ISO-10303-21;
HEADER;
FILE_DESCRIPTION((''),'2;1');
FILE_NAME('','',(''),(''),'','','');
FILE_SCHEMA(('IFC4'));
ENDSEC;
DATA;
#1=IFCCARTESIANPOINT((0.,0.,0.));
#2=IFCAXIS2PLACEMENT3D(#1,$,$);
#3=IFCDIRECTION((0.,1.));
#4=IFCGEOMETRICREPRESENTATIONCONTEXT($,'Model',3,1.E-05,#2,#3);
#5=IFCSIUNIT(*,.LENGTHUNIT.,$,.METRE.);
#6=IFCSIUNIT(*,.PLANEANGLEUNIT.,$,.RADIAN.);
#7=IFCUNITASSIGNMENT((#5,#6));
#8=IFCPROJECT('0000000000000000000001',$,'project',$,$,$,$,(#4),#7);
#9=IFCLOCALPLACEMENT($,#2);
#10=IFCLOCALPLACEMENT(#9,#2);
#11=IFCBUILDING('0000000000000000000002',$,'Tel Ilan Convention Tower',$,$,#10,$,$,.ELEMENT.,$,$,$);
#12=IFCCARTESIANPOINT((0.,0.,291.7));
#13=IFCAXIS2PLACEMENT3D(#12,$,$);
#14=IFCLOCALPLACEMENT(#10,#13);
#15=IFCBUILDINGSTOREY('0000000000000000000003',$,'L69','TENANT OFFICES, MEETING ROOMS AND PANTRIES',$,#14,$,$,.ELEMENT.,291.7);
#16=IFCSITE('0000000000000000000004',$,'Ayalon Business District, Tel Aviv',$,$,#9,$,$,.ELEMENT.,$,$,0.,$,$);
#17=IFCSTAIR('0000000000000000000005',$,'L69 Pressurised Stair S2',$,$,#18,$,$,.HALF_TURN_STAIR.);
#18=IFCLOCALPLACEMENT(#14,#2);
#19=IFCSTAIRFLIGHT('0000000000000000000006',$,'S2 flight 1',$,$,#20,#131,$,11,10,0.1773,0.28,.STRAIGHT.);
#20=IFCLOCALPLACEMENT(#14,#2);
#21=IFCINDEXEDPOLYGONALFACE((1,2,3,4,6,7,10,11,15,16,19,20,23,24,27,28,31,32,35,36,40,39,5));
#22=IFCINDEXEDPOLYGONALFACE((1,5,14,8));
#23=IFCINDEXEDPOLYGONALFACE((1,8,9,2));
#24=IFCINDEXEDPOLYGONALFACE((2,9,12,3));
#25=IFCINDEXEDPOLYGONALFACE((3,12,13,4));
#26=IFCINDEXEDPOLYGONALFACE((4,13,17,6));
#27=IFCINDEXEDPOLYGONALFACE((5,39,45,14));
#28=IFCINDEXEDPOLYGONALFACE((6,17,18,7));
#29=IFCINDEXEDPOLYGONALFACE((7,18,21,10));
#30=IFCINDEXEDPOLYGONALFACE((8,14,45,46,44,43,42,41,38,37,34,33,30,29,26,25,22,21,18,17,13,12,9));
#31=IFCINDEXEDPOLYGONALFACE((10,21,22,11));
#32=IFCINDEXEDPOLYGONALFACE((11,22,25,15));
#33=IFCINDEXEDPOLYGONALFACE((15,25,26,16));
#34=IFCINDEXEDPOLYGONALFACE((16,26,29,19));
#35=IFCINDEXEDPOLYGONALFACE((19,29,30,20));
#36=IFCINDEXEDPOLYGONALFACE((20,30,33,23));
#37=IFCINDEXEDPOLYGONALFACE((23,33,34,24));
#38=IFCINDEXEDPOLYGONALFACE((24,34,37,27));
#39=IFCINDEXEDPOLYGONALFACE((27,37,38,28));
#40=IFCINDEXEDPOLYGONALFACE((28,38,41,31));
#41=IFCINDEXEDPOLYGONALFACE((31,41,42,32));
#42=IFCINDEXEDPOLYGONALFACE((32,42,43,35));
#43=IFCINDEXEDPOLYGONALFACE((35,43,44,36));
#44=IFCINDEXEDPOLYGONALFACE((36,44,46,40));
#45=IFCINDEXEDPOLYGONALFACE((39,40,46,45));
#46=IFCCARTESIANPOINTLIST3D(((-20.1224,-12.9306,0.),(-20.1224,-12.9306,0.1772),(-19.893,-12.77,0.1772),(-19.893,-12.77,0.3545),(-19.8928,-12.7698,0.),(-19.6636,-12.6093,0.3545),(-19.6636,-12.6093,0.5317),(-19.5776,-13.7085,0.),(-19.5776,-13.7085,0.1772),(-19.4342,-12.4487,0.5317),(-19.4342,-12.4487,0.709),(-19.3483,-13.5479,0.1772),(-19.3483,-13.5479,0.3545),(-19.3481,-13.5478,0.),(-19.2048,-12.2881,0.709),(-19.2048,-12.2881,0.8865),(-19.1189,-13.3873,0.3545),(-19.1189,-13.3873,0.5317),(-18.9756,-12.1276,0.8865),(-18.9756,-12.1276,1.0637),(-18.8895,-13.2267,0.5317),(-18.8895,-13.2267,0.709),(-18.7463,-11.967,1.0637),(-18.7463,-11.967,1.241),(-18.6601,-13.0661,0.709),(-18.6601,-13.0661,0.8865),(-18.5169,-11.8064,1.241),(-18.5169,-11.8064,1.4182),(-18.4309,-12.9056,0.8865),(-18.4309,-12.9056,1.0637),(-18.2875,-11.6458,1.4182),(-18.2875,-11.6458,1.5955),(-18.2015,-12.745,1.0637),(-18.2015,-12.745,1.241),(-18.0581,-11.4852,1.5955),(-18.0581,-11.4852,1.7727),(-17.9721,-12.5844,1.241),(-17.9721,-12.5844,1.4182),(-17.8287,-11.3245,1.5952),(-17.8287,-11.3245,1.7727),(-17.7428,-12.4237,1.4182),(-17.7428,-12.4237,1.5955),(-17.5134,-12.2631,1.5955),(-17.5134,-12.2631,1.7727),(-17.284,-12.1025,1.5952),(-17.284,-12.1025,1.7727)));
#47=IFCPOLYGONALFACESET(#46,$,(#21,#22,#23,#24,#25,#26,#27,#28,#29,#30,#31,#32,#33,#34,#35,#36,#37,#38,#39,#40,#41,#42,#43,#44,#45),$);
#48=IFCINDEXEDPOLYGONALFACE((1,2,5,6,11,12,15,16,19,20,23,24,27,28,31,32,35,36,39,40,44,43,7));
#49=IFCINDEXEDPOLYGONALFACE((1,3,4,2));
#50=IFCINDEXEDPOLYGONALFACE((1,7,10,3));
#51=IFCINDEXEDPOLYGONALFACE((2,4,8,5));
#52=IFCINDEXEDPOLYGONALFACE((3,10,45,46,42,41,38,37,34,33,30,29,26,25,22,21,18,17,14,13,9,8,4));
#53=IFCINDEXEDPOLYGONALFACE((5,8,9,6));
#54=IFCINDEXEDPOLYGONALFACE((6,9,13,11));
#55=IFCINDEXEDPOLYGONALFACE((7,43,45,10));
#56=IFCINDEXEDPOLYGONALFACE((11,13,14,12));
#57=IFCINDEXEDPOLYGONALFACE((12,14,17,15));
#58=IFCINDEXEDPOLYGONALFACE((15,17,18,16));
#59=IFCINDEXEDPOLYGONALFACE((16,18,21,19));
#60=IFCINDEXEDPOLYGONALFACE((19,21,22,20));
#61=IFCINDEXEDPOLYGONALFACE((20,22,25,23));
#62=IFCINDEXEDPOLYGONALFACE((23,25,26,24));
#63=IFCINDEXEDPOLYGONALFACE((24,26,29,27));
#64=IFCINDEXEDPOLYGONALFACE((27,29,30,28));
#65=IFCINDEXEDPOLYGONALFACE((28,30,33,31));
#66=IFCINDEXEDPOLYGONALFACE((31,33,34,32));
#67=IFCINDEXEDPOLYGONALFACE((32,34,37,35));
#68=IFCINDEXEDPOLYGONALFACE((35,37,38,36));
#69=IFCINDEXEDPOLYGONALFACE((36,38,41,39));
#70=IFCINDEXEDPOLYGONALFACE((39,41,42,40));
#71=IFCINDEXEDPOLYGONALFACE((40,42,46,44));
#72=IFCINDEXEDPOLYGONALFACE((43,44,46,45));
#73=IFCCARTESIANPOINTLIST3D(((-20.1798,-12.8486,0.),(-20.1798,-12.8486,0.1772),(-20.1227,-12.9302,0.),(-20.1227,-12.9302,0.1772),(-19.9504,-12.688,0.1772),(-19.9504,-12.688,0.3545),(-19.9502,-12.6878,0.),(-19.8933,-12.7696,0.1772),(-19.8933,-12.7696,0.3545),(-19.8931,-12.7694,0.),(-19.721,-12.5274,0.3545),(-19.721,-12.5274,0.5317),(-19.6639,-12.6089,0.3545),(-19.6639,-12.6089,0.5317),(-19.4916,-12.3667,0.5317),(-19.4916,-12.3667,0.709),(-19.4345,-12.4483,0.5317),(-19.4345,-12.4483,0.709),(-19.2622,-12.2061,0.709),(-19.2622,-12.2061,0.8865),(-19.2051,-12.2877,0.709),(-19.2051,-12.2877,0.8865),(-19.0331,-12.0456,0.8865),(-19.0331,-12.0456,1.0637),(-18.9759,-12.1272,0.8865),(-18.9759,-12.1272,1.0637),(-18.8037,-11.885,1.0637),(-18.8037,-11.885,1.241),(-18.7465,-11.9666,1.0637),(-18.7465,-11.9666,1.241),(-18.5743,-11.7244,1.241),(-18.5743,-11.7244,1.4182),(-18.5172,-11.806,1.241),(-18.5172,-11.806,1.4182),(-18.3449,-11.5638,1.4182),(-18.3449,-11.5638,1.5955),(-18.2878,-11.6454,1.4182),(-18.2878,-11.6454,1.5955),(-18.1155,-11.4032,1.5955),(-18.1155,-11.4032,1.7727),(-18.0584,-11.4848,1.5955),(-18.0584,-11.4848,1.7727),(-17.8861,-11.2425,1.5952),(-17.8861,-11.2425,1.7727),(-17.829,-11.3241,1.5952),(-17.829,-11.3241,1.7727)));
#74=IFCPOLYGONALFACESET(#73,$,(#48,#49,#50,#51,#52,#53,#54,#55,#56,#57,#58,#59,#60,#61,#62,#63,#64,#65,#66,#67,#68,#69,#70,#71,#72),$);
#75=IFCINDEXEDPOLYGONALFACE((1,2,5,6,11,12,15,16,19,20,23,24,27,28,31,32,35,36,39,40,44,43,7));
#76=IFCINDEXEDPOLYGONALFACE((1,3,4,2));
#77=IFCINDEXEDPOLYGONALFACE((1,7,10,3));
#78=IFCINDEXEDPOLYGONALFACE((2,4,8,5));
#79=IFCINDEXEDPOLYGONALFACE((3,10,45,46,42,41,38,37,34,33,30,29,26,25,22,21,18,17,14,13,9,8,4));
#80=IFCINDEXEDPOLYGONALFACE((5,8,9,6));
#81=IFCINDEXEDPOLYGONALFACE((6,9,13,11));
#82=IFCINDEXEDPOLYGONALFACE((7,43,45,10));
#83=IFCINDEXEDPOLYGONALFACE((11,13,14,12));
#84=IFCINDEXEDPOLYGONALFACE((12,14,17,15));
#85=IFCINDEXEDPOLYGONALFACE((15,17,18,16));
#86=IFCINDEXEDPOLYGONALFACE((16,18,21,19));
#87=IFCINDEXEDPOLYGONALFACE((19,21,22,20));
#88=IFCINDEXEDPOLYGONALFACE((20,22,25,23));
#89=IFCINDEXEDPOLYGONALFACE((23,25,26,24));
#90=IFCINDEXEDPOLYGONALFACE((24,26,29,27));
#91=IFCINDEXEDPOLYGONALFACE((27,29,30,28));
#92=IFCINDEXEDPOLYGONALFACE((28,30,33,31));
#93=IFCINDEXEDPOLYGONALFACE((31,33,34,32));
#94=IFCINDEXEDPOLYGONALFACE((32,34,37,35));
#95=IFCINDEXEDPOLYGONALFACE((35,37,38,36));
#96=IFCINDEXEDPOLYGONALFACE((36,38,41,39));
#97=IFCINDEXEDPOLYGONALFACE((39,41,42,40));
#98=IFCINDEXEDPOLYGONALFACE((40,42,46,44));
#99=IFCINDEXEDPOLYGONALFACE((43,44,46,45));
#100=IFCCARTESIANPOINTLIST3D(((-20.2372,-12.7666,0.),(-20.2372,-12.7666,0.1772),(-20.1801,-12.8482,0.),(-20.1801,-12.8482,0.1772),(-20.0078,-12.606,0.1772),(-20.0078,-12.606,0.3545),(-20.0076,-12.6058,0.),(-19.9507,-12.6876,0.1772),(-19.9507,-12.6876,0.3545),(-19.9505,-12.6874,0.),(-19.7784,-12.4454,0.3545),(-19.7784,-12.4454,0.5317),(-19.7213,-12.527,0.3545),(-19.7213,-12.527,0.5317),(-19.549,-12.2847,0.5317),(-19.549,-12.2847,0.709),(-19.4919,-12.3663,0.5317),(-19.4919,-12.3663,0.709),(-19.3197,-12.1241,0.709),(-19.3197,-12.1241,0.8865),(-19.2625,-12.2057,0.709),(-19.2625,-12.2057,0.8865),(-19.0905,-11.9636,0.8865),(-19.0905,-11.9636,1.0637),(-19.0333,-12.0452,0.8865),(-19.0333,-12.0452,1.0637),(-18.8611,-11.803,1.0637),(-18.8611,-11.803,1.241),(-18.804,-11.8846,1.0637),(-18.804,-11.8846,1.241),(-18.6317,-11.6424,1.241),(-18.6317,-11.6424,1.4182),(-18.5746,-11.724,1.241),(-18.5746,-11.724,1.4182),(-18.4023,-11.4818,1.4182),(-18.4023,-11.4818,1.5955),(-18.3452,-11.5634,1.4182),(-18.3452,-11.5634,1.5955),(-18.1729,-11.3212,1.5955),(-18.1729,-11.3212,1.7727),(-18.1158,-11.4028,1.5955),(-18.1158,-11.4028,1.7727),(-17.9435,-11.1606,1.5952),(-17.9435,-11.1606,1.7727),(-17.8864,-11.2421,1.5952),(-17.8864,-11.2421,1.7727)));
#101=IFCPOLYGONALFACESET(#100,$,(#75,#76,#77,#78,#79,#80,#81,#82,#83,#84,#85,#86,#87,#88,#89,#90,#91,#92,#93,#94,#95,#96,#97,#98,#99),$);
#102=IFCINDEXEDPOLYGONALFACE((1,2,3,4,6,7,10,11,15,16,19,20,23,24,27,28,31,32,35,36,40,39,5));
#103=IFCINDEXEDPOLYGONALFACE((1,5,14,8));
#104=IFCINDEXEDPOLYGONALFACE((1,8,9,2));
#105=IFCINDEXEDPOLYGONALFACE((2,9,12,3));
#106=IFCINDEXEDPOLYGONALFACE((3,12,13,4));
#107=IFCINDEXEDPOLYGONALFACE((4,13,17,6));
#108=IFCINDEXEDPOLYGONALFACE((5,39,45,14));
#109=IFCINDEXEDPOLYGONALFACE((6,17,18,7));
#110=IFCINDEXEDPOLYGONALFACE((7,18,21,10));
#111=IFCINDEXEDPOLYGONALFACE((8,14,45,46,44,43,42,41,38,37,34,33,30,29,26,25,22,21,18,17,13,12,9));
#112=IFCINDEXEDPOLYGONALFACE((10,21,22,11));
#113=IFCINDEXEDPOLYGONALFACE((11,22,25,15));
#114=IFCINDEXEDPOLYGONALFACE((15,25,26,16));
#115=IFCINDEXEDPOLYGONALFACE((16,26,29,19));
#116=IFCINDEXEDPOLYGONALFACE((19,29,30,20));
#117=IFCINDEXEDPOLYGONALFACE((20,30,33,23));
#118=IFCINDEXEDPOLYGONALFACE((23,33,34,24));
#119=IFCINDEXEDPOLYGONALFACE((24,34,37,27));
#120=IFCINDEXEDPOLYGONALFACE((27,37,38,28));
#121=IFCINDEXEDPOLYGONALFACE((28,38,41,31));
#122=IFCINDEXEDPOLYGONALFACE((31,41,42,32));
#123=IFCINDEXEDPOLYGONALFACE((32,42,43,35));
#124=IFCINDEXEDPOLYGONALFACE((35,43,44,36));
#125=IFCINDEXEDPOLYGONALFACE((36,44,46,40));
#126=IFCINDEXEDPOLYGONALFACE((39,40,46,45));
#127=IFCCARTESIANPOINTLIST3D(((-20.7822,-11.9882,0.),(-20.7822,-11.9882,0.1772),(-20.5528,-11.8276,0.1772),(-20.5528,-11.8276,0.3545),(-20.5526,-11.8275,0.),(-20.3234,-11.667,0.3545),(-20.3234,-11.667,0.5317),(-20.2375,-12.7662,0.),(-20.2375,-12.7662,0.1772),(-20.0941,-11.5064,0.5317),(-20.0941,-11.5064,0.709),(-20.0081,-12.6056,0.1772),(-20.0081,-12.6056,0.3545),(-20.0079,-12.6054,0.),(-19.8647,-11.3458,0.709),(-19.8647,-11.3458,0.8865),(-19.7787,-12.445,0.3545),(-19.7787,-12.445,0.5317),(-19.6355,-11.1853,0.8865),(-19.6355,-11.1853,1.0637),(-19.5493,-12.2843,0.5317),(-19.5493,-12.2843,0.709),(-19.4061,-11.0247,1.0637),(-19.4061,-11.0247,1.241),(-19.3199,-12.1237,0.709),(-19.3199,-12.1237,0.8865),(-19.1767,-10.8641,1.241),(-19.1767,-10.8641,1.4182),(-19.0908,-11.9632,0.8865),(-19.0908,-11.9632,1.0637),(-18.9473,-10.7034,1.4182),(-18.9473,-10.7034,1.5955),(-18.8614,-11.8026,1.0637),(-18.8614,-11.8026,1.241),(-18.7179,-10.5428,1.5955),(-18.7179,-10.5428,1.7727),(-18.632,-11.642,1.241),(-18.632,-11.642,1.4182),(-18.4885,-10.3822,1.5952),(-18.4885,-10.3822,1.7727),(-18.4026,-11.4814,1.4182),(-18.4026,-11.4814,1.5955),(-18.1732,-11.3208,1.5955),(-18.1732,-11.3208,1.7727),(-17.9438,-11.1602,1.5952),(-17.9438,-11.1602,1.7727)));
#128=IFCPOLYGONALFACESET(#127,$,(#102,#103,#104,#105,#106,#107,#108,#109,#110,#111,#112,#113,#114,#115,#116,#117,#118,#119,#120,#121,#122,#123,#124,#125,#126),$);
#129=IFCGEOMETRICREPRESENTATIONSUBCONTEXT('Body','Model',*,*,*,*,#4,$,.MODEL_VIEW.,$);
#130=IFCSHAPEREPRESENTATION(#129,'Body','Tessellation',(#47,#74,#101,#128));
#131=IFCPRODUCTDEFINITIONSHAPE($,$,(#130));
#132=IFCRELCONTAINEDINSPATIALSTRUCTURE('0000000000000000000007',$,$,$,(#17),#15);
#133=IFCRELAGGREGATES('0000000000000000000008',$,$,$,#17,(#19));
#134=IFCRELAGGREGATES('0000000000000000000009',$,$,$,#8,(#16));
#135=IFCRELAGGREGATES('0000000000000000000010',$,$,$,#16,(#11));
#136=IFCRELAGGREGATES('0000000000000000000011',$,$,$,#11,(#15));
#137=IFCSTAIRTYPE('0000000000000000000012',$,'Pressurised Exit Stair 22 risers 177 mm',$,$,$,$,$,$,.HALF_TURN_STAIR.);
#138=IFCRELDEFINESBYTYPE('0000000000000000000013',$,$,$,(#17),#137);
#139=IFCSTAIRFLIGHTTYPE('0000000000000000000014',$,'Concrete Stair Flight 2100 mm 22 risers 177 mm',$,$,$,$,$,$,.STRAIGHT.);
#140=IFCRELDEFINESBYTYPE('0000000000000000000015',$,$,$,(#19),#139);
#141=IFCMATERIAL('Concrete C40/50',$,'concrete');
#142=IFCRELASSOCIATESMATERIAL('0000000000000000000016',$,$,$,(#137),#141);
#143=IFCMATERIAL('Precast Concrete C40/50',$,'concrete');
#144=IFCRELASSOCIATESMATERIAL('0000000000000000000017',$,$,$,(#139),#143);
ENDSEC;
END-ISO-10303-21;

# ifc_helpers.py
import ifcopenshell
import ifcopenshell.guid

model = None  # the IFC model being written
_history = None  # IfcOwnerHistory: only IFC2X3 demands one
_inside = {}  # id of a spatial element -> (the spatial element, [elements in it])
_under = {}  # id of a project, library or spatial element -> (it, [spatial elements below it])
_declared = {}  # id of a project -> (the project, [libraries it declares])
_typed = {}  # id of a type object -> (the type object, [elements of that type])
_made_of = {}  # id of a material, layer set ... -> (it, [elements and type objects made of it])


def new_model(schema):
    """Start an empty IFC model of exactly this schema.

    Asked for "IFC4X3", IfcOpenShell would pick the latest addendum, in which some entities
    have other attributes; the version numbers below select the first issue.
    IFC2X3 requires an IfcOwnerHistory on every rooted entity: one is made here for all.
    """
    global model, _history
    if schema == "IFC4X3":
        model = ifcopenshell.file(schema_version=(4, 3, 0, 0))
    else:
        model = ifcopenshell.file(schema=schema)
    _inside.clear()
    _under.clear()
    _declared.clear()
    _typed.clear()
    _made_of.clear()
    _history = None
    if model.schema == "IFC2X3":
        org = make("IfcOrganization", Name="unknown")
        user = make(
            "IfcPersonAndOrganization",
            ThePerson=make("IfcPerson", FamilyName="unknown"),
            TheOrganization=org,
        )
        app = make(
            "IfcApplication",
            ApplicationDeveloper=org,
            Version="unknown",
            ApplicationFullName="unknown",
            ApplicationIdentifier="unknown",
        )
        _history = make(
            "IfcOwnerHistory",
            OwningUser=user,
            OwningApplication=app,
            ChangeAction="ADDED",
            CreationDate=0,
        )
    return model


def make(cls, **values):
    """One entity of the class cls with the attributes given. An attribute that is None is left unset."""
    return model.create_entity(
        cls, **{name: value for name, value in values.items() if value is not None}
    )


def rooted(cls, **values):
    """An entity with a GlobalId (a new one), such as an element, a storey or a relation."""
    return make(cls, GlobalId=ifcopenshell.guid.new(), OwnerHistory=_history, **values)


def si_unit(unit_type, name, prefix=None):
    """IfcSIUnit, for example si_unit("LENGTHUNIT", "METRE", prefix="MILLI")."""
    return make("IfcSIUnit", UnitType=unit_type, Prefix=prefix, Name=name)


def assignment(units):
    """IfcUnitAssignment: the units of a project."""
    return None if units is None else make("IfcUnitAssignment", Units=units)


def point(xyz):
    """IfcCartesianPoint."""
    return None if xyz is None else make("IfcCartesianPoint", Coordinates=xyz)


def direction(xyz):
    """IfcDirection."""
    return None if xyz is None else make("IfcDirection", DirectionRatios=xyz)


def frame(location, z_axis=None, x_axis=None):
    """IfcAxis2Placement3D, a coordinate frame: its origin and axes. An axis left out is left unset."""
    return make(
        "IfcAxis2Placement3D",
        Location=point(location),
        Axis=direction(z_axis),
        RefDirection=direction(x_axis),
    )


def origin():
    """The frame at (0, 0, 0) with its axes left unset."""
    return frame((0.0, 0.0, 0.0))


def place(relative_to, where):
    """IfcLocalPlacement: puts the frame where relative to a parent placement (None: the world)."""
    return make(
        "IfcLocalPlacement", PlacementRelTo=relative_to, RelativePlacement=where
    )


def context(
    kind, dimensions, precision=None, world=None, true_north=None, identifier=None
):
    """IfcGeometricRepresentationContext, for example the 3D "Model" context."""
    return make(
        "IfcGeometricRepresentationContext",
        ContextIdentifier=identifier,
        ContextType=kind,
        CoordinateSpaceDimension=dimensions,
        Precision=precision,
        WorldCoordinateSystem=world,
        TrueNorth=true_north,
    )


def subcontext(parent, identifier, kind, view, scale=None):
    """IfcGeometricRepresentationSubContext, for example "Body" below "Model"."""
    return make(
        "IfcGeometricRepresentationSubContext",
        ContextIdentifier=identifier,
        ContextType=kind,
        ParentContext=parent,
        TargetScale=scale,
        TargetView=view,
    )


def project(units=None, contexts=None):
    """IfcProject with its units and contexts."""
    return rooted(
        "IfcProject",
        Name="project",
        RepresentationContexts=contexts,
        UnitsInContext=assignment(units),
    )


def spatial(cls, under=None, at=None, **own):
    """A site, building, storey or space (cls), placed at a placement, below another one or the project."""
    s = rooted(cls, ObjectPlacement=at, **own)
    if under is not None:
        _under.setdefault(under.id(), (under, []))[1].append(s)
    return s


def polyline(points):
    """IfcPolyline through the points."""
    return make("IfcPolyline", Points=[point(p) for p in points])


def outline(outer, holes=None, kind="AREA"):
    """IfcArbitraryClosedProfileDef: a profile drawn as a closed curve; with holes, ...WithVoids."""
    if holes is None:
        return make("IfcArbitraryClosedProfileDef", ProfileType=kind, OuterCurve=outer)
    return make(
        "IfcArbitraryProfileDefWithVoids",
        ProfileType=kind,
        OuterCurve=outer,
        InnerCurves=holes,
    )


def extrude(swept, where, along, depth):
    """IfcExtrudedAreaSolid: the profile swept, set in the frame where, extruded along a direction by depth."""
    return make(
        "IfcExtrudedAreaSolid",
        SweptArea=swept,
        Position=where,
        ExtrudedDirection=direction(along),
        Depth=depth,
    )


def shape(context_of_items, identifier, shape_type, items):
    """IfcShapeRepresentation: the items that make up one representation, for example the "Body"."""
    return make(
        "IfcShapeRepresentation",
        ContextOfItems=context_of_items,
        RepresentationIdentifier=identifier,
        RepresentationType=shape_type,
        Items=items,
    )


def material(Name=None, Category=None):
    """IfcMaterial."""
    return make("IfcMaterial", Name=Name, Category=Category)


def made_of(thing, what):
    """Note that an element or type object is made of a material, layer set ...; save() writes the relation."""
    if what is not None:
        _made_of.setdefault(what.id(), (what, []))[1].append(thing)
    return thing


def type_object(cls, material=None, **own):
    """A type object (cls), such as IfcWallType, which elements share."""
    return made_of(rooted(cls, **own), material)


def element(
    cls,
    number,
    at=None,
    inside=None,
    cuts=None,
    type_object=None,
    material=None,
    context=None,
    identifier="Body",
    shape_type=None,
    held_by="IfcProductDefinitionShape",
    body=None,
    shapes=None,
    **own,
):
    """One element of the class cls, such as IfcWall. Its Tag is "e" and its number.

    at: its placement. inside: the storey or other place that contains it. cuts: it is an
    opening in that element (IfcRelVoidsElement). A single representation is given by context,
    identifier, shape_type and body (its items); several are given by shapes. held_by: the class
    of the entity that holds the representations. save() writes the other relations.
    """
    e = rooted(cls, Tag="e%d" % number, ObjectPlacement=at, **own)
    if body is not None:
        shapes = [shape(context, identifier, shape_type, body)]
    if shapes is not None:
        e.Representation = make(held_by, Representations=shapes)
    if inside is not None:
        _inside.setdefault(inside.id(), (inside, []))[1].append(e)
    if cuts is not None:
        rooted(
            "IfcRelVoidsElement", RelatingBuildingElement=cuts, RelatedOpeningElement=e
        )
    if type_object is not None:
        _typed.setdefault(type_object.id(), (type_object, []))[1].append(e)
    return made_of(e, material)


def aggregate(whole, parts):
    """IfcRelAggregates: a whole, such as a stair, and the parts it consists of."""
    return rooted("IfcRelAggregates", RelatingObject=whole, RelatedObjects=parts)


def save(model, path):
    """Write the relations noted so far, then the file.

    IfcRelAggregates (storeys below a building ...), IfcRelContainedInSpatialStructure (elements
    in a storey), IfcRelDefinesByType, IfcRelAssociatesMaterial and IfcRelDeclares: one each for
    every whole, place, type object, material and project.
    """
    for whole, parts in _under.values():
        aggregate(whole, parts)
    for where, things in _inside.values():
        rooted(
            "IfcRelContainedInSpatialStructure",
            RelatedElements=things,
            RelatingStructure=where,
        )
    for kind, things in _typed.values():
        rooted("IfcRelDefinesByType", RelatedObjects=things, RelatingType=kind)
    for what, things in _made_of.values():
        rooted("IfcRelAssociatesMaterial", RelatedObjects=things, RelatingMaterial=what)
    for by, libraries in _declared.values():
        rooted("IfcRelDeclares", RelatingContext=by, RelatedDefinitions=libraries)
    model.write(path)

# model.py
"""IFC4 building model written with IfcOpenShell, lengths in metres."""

from ifc_helpers import new_model, si_unit, direction, frame, origin, place, context, subcontext, project, spatial, polyline, outline, extrude, material, type_object, element, aggregate, save


model = new_model("IFC4")

# Units and contexts
model_context = context("Model", 3, precision=1e-05, world=origin(), true_north=direction((0.0, 1.0)))
body_context = subcontext(model_context, "Body", "Model", "MODEL_VIEW")
ifc_project = project(units=[si_unit("LENGTHUNIT", "METRE"), si_unit("PLANEANGLEUNIT", "RADIAN")], contexts=[model_context])

# Site, building, storey
site_placement = place(None, origin())
site = spatial("IfcSite", under=ifc_project, at=site_placement, Name="Ayalon Business District, Tel Aviv", CompositionType="ELEMENT", RefElevation=0.0)
building_placement = place(site_placement, origin())
building = spatial("IfcBuilding", under=site, at=building_placement, Name="Tel Ilan Convention Tower", CompositionType="ELEMENT")
storey_placement = place(building_placement, frame((0.0, 0.0, 291.7)))
storey = spatial("IfcBuildingStorey", under=building, at=storey_placement, Name="L69", Description="TENANT OFFICES, MEETING ROOMS AND PANTRIES", CompositionType="ELEMENT", Elevation=291.7)

# Stair, stair flight
ifc_material_1 = material(Name="Concrete C40/50", Category="concrete")
stair_type = type_object("IfcStairType", Name="Pressurised Exit Stair 22 risers 177 mm", PredefinedType="HALF_TURN_STAIR", material=ifc_material_1)
ifc_material_2 = material(Name="Precast Concrete C40/50", Category="concrete")
stair_flight_type = type_object("IfcStairFlightType", Name="Concrete Stair Flight 2100 mm 22 risers 177 mm", PredefinedType="STRAIGHT", material=ifc_material_2)
stair_1_placement = place(storey_placement, origin())
stair_1 = element("IfcStair", 1, at=stair_1_placement, inside=storey, type_object=stair_type, Name="L69 Pressurised Stair S2", PredefinedType="HALF_TURN_STAIR")
stair_flight_1_placement = place(storey_placement, frame((-20.1799, -12.8484, 0.0), z_axis=(0.0, 0.0, 1.0), x_axis=(0.819152, 0.573576, 0.0)))
stair_flight_1 = element("IfcStairFlight", 2, at=stair_flight_1_placement, type_object=stair_flight_type, Name="S2 flight 1", NumberOfRisers=11, NumberOfTreads=10, PredefinedType="STRAIGHT", RiserHeight=0.1773, TreadLength=0.28, context=body_context, shape_type="SweptSolid", body=[
    extrude(outline(polyline([(0.0, 0.0), (0.0, 0.1772), (0.28, 0.1772), (0.28, 0.3545), (0.5601, 0.3545), (0.5601, 0.5317), (0.8401, 0.5317), (0.8401, 0.709), (1.1201, 0.709), (1.1201, 0.8865), (1.3999, 0.8865), (1.3999, 1.0637), (1.6799, 1.0637), (1.6799, 1.241), (1.96, 1.241), (1.96, 1.4182), (2.24, 1.4182), (2.24, 1.5955), (2.52, 1.5955), (2.52, 1.7727), (2.8, 1.7727), (2.8, 1.95), (2.8, 1.5952), (0.2803, 0.0), (0.0, 0.0)])), frame((0.0, -0.1003, 0.0), z_axis=(0.0, -1.0, 0.0), x_axis=(1.0, 0.0, 0.0)), (0.0, 0.0, 1.0), 0.9497),
    extrude(outline(polyline([(0.0, 0.0), (0.0, 0.1772), (0.28, 0.1772), (0.28, 0.3545), (0.5601, 0.3545), (0.5601, 0.5317), (0.8401, 0.5317), (0.8401, 0.709), (1.1201, 0.709), (1.1201, 0.8865), (1.3999, 0.8865), (1.3999, 1.0637), (1.6799, 1.0637), (1.6799, 1.241), (1.96, 1.241), (1.96, 1.4182), (2.24, 1.4182), (2.24, 1.5955), (2.52, 1.5955), (2.52, 1.7727), (2.8, 1.7727), (2.8, 1.95), (2.8, 1.5952), (0.2803, 0.0), (0.0, 0.0)])), frame((0.0, -0.0002, 0.0), z_axis=(0.0, -1.0, 0.0), x_axis=(1.0, 0.0, 0.0)), (0.0, 0.0, 1.0), 0.0996),
    extrude(outline(polyline([(0.0, 0.0), (0.0, 0.1772), (0.28, 0.1772), (0.28, 0.3545), (0.5601, 0.3545), (0.5601, 0.5317), (0.8401, 0.5317), (0.8401, 0.709), (1.1201, 0.709), (1.1201, 0.8865), (1.3999, 0.8865), (1.3999, 1.0637), (1.6799, 1.0637), (1.6799, 1.241), (1.96, 1.241), (1.96, 1.4182), (2.24, 1.4182), (2.24, 1.5955), (2.52, 1.5955), (2.52, 1.7727), (2.8, 1.7727), (2.8, 1.95), (2.8, 1.5952), (0.2803, 0.0), (0.0, 0.0)])), frame((0.0, 0.0999, 0.0), z_axis=(0.0, -1.0, 0.0), x_axis=(1.0, 0.0, 0.0)), (0.0, 0.0, 1.0), 0.0996),
    extrude(outline(polyline([(0.0, 0.0), (0.0, 0.1772), (0.28, 0.1772), (0.28, 0.3545), (0.5601, 0.3545), (0.5601, 0.5317), (0.8401, 0.5317), (0.8401, 0.709), (1.1201, 0.709), (1.1201, 0.8865), (1.3999, 0.8865), (1.3999, 1.0637), (1.6799, 1.0637), (1.6799, 1.241), (1.96, 1.241), (1.96, 1.4182), (2.24, 1.4182), (2.24, 1.5955), (2.52, 1.5955), (2.52, 1.7727), (2.8, 1.7727), (2.8, 1.95), (2.8, 1.5952), (0.2803, 0.0), (0.0, 0.0)])), frame((0.0, 1.05, 0.0), z_axis=(0.0, -1.0, 0.0), x_axis=(1.0, 0.0, 0.0)), (0.0, 0.0, 1.0), 0.9497),
])
aggregate(stair_1, [stair_flight_1])

save(model, "model.ifc")
